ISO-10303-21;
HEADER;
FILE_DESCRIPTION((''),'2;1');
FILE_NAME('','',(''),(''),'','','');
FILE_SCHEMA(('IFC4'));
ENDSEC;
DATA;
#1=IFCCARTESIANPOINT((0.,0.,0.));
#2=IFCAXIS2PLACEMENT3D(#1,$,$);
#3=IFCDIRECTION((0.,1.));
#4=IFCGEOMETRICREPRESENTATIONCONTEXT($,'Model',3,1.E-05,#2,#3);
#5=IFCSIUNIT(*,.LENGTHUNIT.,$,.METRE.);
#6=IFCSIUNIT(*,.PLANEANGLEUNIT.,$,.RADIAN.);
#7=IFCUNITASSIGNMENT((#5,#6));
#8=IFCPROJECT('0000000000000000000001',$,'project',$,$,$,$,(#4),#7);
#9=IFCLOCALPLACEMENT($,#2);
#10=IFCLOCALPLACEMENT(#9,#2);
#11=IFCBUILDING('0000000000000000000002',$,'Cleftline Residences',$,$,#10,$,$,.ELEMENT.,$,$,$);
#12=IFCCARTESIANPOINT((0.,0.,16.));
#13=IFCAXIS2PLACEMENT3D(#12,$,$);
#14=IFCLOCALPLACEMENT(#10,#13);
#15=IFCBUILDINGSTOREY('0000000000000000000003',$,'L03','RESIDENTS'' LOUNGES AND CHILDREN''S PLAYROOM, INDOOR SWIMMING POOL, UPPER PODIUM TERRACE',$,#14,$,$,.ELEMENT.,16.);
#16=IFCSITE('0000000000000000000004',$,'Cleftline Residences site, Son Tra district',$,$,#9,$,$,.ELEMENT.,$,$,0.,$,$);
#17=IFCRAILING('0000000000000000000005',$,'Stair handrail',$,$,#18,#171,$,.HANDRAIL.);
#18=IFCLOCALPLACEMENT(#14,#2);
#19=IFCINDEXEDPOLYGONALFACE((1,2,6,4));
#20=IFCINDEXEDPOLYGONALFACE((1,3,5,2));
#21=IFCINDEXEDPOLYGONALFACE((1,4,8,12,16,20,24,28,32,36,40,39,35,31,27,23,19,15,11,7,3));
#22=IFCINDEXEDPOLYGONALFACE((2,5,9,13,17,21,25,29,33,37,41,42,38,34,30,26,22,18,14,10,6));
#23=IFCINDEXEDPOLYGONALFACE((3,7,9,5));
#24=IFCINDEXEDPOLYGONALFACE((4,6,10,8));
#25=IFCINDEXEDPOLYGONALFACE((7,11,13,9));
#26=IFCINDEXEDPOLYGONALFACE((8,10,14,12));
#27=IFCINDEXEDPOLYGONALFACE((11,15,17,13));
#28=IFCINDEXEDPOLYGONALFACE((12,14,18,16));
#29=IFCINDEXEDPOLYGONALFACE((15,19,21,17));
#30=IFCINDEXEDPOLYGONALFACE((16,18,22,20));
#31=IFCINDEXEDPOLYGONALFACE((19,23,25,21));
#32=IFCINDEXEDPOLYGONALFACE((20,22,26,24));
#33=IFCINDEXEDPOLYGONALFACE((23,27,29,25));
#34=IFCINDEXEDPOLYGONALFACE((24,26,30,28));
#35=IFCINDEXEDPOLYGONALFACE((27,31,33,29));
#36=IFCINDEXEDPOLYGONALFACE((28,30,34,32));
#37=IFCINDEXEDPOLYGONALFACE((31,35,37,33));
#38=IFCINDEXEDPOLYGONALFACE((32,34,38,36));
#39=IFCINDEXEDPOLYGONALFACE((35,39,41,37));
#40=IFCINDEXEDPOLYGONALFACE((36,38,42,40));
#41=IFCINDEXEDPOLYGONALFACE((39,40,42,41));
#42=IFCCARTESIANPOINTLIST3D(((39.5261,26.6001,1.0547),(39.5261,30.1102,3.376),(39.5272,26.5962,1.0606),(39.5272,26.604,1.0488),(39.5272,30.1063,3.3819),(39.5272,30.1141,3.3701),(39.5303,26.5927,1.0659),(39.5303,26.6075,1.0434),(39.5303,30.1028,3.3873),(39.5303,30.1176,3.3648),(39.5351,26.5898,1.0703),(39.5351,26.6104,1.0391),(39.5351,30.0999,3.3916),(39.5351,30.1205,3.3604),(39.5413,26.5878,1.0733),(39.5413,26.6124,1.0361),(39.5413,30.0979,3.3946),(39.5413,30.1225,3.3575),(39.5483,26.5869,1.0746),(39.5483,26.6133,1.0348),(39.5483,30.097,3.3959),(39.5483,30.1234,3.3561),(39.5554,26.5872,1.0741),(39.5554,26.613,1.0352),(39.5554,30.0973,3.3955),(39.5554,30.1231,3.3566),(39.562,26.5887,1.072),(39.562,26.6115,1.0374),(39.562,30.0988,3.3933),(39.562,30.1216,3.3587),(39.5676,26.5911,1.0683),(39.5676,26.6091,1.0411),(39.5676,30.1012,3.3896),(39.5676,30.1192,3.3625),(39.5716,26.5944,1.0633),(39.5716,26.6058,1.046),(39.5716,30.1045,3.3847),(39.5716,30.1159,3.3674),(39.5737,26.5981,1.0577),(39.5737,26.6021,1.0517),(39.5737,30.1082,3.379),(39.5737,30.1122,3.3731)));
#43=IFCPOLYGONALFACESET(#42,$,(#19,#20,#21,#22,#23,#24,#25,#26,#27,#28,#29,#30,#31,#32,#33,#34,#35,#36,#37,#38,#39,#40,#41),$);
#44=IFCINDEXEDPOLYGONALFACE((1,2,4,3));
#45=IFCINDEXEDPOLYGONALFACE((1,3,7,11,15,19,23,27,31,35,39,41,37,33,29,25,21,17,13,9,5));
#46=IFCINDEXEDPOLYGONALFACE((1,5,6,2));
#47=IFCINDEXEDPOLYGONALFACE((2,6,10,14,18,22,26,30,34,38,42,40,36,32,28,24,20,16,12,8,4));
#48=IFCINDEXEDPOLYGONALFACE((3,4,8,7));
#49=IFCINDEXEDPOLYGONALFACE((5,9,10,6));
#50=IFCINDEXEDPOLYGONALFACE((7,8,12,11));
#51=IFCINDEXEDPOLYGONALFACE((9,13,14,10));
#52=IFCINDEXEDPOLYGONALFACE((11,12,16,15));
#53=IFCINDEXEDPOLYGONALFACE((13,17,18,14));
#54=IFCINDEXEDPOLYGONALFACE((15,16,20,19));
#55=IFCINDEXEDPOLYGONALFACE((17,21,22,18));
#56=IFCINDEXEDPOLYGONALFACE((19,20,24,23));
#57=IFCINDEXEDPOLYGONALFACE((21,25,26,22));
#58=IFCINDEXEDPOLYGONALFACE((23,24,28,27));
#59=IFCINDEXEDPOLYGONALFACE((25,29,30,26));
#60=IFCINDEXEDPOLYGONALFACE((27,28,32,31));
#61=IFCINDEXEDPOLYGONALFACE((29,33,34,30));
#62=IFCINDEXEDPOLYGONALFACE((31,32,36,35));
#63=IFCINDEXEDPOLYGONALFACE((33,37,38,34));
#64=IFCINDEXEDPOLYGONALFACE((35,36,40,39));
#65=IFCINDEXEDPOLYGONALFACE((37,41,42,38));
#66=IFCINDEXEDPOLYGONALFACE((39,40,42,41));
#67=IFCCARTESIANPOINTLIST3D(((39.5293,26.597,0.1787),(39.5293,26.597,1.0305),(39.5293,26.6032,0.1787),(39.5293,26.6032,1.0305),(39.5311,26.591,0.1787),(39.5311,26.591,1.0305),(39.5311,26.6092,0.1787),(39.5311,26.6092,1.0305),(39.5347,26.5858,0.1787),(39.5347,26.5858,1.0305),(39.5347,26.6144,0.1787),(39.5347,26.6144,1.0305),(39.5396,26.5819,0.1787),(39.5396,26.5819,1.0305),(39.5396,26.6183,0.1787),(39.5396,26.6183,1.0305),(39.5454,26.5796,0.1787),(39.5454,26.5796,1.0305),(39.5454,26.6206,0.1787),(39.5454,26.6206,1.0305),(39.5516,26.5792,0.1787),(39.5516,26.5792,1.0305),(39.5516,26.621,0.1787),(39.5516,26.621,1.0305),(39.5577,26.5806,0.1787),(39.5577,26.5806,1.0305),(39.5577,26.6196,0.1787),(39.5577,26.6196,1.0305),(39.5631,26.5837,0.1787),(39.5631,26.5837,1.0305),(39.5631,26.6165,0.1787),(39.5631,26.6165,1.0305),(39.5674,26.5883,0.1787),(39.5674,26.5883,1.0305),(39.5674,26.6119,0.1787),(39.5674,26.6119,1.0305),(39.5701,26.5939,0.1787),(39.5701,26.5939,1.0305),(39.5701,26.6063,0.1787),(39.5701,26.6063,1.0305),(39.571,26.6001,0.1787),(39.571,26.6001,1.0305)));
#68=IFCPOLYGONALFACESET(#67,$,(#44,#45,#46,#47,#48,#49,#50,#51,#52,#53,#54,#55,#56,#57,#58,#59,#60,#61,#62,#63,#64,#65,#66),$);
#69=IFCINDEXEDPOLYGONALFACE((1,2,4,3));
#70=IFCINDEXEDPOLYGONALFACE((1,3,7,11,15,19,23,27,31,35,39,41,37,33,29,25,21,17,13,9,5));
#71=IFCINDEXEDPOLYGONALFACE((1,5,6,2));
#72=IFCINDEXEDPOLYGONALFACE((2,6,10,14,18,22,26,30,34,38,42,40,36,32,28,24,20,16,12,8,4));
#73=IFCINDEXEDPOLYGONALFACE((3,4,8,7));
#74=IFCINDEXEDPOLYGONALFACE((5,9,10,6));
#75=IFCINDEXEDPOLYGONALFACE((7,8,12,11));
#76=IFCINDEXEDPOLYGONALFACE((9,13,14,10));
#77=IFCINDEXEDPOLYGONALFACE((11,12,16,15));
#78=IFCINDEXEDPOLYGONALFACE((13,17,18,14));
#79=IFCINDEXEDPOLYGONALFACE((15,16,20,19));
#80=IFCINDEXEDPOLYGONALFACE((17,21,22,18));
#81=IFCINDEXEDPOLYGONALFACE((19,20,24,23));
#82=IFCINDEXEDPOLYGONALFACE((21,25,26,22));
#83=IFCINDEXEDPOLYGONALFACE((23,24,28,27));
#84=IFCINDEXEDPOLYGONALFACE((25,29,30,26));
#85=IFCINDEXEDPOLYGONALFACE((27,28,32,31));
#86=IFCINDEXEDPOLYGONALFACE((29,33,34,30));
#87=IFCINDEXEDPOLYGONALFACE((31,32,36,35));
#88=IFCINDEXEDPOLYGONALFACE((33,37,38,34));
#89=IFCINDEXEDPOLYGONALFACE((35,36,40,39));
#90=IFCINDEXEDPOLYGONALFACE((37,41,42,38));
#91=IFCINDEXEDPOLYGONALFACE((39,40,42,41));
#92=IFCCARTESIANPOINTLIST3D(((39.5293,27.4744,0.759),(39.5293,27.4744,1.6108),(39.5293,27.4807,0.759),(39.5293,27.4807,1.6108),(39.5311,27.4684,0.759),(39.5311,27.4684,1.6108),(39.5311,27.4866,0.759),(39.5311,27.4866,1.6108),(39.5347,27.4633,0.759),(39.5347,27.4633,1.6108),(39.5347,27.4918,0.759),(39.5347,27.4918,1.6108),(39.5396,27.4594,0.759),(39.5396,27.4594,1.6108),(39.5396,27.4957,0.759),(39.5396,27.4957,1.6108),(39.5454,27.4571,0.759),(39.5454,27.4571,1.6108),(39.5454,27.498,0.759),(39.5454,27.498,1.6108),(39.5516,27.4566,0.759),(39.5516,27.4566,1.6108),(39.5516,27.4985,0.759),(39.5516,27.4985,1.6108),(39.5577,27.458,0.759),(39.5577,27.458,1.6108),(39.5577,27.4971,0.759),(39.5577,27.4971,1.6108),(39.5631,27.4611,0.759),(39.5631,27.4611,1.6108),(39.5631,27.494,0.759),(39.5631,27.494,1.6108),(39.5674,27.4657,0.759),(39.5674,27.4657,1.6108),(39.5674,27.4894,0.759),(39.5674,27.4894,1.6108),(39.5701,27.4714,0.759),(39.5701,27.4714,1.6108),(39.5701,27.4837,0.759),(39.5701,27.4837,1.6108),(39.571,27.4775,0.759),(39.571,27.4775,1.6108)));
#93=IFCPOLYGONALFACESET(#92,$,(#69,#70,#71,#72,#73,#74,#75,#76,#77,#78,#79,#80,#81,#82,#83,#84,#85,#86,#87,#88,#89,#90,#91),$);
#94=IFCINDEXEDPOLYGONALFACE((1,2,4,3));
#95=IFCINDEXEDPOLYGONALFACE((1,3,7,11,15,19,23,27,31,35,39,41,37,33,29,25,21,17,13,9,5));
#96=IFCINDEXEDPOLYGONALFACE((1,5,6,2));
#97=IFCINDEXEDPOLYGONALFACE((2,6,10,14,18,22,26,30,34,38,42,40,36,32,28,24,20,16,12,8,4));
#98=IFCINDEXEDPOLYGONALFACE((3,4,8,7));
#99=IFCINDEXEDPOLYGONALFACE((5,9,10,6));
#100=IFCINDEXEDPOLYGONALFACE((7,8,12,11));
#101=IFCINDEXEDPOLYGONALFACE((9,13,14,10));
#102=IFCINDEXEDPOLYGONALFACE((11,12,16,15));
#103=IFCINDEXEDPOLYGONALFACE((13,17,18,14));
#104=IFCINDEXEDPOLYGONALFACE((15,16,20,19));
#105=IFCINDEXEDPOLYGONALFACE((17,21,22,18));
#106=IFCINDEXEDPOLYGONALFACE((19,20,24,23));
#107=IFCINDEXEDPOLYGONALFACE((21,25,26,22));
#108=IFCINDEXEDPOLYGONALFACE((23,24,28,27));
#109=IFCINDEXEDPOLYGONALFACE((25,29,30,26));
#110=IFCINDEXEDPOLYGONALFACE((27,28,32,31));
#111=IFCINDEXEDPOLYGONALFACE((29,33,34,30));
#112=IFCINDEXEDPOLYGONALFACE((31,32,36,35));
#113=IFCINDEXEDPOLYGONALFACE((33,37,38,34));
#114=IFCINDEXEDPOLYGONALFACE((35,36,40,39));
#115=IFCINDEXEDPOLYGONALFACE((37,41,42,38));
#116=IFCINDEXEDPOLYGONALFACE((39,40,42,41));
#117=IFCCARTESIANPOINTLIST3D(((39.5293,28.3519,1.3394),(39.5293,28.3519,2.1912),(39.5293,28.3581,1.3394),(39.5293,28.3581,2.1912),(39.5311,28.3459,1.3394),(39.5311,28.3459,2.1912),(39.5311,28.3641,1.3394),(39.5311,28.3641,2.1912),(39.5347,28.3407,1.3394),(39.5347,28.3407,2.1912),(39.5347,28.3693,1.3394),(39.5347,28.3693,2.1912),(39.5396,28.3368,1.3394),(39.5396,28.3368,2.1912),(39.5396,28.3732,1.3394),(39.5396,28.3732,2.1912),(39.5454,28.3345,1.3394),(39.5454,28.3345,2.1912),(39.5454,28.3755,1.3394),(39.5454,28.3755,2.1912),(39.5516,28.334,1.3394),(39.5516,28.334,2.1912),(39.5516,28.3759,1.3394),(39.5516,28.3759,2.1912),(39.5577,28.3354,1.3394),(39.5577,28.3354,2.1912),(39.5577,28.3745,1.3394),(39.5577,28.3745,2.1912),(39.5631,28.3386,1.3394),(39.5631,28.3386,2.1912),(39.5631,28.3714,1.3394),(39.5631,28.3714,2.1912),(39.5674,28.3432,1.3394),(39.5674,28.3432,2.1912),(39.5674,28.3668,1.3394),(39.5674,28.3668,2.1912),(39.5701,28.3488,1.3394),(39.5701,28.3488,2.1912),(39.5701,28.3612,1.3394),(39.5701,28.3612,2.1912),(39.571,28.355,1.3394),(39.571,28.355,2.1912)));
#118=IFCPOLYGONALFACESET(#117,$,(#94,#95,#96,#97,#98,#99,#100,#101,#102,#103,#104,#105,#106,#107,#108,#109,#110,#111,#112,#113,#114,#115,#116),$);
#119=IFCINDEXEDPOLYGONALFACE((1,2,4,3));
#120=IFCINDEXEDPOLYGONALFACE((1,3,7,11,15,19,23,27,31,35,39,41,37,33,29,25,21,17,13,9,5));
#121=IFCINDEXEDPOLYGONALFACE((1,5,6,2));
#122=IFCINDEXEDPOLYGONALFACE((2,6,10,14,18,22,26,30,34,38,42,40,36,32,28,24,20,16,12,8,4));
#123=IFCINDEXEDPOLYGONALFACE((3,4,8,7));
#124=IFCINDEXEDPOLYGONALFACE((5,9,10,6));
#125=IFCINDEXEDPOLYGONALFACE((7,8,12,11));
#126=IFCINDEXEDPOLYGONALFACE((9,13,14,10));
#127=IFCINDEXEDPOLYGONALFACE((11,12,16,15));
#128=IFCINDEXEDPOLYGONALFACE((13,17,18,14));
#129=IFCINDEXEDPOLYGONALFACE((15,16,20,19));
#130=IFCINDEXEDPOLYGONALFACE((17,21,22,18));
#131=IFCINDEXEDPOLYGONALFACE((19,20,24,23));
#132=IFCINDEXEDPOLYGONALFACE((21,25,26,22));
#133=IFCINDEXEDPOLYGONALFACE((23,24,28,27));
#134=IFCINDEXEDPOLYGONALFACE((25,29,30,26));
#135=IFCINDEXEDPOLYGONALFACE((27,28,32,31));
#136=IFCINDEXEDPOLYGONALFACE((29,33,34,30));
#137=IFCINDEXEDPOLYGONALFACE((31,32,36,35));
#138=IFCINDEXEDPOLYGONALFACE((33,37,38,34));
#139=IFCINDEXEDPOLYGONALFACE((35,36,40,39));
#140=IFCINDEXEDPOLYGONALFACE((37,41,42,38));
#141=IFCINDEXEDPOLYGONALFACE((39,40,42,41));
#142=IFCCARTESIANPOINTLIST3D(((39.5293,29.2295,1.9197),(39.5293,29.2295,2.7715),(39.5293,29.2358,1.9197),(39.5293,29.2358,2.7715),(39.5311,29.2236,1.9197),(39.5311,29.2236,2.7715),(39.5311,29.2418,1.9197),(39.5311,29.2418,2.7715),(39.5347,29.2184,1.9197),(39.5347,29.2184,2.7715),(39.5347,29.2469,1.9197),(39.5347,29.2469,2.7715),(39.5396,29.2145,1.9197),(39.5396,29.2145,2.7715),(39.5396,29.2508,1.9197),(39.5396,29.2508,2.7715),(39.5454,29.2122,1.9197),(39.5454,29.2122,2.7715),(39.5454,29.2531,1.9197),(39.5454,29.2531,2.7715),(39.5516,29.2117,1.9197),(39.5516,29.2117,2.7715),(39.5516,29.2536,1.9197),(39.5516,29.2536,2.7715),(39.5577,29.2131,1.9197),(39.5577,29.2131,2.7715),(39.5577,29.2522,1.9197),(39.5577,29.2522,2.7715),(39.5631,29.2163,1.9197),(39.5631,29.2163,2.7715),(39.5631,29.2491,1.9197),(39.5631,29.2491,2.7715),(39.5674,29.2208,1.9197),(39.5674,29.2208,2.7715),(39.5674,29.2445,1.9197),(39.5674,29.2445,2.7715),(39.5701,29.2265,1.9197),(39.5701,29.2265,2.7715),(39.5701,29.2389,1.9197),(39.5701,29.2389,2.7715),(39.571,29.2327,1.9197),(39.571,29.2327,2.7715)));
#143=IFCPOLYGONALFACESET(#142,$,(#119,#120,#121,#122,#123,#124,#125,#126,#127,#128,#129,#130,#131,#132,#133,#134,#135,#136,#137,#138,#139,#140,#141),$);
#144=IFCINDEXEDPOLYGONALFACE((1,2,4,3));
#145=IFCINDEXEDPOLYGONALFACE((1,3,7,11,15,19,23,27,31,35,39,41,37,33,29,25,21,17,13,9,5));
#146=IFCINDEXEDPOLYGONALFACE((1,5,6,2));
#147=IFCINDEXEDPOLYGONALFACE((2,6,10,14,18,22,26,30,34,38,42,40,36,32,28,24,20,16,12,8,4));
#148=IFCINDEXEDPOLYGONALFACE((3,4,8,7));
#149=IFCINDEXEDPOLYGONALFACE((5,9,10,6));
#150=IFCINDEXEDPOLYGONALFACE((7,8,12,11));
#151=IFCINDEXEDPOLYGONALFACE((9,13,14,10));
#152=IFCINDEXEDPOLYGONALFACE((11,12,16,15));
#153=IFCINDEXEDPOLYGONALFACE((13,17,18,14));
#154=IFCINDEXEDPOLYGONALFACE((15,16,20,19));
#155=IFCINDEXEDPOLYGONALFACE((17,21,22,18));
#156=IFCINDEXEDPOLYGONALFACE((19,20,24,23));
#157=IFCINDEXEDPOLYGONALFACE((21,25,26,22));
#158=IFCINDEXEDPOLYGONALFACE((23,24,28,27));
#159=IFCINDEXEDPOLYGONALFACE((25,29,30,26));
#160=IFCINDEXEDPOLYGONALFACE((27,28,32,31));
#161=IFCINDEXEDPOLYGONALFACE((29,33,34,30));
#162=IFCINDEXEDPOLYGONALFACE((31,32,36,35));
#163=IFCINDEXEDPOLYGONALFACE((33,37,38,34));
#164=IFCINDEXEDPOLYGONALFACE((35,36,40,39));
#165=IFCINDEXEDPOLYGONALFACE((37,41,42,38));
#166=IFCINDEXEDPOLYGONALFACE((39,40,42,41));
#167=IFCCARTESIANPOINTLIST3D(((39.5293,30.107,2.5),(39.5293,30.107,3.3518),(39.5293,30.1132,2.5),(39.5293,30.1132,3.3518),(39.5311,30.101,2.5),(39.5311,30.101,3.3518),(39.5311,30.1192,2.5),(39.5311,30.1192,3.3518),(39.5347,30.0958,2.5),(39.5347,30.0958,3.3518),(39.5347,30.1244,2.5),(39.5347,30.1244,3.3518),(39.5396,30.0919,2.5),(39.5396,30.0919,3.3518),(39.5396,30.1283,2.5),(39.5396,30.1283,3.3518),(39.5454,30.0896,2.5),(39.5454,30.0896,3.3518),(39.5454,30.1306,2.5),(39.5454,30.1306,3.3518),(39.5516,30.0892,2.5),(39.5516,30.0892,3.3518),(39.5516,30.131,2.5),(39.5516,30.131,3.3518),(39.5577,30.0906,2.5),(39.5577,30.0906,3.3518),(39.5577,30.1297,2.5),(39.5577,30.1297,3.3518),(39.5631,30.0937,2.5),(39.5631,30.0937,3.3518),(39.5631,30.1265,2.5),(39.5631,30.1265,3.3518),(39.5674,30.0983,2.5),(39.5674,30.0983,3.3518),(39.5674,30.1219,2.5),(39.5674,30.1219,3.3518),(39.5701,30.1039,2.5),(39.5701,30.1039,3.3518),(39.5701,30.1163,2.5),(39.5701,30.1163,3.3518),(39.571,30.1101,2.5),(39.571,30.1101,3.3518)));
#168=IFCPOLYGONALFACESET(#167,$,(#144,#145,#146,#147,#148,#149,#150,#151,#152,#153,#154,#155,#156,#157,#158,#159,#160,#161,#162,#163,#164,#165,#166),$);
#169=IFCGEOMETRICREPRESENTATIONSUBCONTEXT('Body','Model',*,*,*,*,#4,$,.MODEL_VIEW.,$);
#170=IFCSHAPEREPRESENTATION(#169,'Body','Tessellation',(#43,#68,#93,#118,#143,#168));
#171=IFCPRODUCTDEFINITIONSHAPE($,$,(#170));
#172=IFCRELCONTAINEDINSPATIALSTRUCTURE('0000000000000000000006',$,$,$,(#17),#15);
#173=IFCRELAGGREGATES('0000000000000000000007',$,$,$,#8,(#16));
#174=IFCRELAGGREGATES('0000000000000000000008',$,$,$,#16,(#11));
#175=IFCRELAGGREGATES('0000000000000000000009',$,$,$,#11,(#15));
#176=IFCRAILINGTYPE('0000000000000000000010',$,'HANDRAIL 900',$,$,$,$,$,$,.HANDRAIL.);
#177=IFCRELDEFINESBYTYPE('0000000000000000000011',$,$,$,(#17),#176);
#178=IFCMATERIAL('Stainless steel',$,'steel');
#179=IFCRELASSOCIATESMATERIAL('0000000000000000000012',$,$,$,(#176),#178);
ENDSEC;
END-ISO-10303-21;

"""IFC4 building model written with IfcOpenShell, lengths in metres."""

from ifc_helpers import new_model, si_unit, direction, frame, origin, origin_2d, place, context, subcontext, project, spatial, circle, extrude, material, type_object, element, save


model = new_model("IFC4")

# Units and contexts
model_context = context("Model", 3, precision=1e-05, world=origin(), true_north=direction((0.0, 1.0)))
body_context = subcontext(model_context, "Body", "Model", "MODEL_VIEW")
ifc_project = project(units=[si_unit("LENGTHUNIT", "METRE"), si_unit("PLANEANGLEUNIT", "RADIAN")], contexts=[model_context])

# Site, building, storey
site_placement = place(None, origin())
site = spatial("IfcSite", under=ifc_project, at=site_placement, Name="Cleftline Residences site, Son Tra district", CompositionType="ELEMENT", RefElevation=0.0)
building_placement = place(site_placement, origin())
building = spatial("IfcBuilding", under=site, at=building_placement, Name="Cleftline Residences", CompositionType="ELEMENT")
storey_placement = place(building_placement, frame((0.0, 0.0, 16.0)))
storey = spatial("IfcBuildingStorey", under=building, at=storey_placement, Name="L03", Description="RESIDENTS' LOUNGES AND CHILDREN'S PLAYROOM, INDOOR SWIMMING POOL, UPPER PODIUM TERRACE", CompositionType="ELEMENT", Elevation=16.0)

# Railing
ifc_material_1 = material(Name="Stainless steel", Category="steel")
railing_type = type_object("IfcRailingType", Name="HANDRAIL 900", PredefinedType="HANDRAIL", material=ifc_material_1)
railing_placement = place(storey_placement, frame((39.55, 26.6001, 0.1787)))
element("IfcRailing", 1, at=railing_placement, inside=storey, type_object=railing_type, Name="Stair handrail", PredefinedType="HANDRAIL", context=body_context, shape_type="SweptSolid", body=[
    extrude(circle(Radius=0.0239, at=origin_2d()), frame((0.0, 0.0, 0.876), z_axis=(0.0, 0.834097, 0.551617), x_axis=(-1.0, 0.0, 0.0)), (0.0, 0.0, 1.0), 4.2083),
    extrude(circle(Radius=0.021, at=origin_2d()), origin(), (0.0, 0.0, 1.0), 0.8518),
    extrude(circle(Radius=0.021, at=origin_2d()), frame((0.0, 0.8774, 0.5803)), (0.0, 0.0, 1.0), 0.8518),
    extrude(circle(Radius=0.021, at=origin_2d()), frame((0.0, 1.7549, 1.1606)), (0.0, 0.0, 1.0), 0.8518),
    extrude(circle(Radius=0.021, at=origin_2d()), frame((0.0, 2.6326, 1.741)), (0.0, 0.0, 1.0), 0.8518),
    extrude(circle(Radius=0.021, at=origin_2d()), frame((0.0, 3.51, 2.3213)), (0.0, 0.0, 1.0), 0.8518),
])

save(model, "model.ifc")
